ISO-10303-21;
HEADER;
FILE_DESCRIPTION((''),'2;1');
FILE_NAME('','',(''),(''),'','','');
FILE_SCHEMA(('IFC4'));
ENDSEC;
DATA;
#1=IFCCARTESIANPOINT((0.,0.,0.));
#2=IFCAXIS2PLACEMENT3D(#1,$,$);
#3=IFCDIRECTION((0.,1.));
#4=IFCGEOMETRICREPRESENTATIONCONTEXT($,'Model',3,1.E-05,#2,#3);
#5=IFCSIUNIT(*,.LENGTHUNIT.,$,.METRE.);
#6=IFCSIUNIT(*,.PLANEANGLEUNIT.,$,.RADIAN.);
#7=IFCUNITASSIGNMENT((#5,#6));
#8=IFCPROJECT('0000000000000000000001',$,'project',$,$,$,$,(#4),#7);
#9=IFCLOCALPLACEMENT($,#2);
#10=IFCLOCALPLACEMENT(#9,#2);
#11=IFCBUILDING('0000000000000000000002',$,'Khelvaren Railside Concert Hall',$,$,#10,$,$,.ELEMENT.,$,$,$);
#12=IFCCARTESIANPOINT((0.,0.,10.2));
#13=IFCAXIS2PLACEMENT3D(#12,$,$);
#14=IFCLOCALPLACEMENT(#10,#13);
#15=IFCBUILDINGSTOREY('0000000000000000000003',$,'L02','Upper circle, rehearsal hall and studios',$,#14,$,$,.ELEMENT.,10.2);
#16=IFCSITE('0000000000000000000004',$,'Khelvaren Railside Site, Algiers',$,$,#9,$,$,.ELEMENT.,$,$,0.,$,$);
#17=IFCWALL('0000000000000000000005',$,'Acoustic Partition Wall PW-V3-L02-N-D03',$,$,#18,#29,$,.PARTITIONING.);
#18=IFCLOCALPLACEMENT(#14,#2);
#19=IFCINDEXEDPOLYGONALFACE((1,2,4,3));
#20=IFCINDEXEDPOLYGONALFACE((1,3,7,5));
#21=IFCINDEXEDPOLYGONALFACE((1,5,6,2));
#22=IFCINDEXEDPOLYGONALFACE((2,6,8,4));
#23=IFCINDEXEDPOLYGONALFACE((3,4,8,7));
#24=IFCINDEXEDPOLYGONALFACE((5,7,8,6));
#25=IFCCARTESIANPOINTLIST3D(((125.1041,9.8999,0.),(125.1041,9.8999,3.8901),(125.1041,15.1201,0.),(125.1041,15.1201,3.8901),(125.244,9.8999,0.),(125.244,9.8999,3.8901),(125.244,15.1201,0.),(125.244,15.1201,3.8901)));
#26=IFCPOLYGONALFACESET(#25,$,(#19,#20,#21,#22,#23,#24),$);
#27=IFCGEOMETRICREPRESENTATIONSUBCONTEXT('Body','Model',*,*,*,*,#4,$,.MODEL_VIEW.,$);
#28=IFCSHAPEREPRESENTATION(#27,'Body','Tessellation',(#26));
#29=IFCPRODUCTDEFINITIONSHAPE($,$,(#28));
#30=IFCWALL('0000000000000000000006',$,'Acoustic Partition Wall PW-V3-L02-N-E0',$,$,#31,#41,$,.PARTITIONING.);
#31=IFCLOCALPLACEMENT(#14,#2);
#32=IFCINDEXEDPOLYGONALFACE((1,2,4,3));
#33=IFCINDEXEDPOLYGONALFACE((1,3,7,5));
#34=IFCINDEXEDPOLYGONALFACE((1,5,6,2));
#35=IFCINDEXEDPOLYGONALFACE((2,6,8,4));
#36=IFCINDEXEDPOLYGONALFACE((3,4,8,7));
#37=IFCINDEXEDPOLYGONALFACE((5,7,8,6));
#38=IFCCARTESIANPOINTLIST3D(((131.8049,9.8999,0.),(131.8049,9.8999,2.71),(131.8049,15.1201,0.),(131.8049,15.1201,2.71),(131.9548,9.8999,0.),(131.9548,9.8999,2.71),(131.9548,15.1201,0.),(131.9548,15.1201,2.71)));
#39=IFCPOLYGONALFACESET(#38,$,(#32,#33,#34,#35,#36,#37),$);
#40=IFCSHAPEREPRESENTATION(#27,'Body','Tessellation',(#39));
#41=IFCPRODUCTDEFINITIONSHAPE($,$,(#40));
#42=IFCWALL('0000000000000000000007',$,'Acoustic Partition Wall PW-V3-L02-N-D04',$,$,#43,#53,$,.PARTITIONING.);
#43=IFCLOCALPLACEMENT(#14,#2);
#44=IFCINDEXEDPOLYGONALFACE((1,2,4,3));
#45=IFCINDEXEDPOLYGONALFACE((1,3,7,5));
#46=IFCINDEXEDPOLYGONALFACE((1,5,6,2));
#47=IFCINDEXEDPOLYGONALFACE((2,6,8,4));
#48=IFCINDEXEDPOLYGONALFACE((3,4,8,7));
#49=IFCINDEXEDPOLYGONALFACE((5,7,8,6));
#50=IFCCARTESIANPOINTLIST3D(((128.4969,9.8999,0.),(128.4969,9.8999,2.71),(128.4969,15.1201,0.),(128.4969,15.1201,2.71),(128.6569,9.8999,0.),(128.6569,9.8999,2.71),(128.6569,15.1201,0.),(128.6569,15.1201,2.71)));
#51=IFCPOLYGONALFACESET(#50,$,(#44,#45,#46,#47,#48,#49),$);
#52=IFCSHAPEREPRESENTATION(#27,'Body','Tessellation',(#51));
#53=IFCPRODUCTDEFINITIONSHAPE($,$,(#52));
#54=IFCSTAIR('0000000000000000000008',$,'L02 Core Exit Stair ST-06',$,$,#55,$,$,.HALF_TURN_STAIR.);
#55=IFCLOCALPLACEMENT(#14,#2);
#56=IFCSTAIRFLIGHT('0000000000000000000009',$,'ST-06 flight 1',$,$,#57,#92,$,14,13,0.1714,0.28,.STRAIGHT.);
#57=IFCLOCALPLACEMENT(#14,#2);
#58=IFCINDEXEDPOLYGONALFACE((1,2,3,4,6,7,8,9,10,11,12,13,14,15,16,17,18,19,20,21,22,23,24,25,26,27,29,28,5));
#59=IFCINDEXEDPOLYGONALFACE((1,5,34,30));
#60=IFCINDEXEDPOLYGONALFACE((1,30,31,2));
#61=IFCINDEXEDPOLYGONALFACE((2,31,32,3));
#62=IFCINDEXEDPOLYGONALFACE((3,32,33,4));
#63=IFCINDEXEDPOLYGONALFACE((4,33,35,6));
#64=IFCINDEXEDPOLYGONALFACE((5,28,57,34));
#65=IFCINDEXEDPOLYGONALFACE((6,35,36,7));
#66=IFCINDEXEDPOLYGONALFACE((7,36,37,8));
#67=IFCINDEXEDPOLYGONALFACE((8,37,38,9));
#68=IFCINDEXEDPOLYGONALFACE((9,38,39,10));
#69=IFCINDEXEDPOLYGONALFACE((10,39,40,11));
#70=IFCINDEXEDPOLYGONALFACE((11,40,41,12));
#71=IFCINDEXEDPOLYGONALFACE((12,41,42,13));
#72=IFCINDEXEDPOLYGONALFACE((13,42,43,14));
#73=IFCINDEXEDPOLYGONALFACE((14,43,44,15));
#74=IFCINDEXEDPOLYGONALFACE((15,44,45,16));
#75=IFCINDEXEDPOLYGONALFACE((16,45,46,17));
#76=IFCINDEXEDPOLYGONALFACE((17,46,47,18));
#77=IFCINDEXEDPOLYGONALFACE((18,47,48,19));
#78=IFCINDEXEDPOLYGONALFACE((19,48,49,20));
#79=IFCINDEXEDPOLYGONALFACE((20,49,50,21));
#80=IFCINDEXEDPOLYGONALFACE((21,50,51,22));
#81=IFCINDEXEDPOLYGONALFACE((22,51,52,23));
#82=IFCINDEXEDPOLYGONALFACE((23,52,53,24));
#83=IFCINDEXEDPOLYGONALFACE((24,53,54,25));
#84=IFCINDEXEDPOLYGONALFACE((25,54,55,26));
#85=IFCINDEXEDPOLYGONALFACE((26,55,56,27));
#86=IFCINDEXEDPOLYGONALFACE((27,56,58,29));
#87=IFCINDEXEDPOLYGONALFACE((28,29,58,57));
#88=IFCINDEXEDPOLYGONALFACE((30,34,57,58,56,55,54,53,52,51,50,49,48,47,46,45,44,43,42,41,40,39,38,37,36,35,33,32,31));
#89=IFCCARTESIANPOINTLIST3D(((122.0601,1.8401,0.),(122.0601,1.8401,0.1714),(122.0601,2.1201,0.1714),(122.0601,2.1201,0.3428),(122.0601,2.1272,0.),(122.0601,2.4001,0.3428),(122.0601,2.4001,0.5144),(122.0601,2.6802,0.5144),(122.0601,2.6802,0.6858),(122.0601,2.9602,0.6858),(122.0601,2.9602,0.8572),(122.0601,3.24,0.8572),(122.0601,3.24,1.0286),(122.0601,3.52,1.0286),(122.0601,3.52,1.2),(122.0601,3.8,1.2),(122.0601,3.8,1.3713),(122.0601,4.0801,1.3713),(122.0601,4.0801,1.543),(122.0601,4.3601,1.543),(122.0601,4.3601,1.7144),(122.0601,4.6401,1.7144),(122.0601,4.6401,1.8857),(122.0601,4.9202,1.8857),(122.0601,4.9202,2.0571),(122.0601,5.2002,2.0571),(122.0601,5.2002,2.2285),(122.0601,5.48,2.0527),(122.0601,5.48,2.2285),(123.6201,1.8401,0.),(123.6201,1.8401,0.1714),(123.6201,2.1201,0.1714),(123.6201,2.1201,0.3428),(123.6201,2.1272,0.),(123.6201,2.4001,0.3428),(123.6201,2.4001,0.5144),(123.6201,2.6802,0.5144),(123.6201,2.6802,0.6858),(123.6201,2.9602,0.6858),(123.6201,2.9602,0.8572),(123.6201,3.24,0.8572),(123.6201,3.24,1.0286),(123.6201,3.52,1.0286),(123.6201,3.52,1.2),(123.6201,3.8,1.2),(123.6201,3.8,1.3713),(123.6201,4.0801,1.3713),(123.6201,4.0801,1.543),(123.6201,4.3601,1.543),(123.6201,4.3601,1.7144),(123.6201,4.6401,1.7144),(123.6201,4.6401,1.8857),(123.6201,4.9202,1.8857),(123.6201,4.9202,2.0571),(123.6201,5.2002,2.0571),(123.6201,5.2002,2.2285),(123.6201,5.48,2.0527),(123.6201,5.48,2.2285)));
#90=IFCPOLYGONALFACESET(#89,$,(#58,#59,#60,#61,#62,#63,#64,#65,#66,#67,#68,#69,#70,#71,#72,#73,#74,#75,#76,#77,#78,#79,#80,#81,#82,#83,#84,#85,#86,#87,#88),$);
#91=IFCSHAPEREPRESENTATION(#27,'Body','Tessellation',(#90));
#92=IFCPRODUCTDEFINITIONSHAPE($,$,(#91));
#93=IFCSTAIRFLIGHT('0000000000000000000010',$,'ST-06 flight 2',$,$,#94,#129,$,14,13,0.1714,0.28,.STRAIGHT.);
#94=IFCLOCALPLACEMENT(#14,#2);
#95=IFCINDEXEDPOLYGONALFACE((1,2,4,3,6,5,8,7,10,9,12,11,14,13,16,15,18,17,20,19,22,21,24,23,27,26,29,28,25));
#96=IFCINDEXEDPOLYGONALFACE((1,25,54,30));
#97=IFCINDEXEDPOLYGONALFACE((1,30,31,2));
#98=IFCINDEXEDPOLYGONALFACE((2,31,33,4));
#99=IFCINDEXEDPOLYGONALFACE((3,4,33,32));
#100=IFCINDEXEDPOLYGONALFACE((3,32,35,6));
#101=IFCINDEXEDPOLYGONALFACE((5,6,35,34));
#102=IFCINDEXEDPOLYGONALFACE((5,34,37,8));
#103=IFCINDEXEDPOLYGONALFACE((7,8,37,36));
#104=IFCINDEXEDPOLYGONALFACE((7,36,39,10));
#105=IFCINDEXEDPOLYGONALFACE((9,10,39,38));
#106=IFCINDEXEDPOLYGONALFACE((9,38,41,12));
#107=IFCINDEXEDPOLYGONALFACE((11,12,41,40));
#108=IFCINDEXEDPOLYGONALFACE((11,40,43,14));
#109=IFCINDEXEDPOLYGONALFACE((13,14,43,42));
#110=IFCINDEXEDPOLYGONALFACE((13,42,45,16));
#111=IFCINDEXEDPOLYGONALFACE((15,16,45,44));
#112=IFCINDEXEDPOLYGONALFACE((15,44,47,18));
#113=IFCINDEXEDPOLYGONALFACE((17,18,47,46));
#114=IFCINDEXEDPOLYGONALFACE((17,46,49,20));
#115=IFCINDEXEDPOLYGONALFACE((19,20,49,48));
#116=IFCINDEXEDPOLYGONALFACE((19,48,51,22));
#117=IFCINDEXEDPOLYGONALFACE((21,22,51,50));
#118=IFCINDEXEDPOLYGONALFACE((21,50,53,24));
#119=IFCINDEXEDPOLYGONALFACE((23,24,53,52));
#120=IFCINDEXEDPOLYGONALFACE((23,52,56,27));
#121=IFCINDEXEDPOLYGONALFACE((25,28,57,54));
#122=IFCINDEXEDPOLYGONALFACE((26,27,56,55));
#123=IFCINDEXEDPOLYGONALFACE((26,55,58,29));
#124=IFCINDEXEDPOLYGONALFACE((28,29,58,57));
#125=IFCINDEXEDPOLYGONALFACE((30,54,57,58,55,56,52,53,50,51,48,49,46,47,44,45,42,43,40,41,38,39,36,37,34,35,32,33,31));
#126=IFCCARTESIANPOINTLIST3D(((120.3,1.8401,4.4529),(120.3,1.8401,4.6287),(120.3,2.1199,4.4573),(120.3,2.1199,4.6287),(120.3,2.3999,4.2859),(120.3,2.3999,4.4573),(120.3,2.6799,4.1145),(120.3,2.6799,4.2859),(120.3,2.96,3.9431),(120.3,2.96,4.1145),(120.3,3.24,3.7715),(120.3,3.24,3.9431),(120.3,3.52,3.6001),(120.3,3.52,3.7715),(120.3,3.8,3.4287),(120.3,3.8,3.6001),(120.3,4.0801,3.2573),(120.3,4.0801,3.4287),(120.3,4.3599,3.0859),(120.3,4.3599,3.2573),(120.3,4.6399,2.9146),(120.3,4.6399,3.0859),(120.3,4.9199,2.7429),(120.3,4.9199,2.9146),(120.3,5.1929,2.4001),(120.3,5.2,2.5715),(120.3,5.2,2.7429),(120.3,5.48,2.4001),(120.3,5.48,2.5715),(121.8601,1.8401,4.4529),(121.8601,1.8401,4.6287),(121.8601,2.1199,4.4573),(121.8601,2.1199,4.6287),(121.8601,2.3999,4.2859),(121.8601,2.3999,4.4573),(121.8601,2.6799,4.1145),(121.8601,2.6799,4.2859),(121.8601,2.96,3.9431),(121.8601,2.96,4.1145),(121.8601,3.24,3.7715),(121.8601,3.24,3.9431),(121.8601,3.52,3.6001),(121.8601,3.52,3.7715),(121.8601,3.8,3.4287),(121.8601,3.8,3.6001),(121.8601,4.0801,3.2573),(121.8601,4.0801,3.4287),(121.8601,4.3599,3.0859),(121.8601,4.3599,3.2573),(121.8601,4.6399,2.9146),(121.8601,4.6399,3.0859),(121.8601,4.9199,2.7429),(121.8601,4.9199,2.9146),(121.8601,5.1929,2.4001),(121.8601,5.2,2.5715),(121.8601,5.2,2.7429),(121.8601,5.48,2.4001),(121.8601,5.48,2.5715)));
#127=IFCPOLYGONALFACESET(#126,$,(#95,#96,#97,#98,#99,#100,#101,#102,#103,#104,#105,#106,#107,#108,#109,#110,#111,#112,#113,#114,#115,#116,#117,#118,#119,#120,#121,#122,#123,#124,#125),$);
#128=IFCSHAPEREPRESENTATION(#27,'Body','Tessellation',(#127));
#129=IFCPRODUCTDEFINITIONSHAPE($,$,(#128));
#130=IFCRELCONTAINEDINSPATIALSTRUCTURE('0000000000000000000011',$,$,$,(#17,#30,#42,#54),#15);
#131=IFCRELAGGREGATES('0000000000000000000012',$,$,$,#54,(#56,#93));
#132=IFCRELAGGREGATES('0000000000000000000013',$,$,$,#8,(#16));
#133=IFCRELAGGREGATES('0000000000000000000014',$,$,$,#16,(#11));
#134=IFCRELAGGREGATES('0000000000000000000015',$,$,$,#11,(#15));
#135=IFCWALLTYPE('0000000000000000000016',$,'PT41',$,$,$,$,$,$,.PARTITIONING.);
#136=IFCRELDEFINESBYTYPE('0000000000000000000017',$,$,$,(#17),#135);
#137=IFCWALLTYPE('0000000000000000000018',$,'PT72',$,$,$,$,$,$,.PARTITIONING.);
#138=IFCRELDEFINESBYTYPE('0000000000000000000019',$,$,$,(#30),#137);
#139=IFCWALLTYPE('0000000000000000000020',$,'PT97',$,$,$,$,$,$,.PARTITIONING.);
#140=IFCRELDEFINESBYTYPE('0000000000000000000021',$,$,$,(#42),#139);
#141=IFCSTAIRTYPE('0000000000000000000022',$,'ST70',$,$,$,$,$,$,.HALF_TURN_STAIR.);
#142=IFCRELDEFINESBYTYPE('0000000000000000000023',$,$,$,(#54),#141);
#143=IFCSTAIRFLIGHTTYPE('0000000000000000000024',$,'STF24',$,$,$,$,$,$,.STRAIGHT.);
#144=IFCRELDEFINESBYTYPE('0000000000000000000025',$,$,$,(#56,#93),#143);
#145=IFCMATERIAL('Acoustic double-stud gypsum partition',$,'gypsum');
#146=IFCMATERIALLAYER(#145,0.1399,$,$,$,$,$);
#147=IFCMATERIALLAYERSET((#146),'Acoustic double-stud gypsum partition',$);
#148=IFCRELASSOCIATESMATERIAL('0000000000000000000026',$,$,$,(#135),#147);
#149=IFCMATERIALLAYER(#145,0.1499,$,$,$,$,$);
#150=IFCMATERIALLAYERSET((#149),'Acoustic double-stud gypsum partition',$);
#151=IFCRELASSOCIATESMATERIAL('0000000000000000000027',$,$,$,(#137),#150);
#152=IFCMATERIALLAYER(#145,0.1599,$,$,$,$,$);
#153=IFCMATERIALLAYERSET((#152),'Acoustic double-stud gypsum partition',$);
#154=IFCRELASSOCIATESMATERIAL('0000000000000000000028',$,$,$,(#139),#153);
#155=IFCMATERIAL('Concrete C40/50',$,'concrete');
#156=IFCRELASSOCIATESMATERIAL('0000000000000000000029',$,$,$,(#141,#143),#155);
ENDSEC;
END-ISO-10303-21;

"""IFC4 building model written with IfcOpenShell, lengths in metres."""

from ifc_helpers import new_model, si_unit, direction, frame, frame_2d, origin, place, context, subcontext, project, spatial, polyline, rectangle, outline, extrude, material, layer, layer_set, type_object, element, aggregate, save


model = new_model("IFC4")

# Units and contexts
model_context = context("Model", 3, precision=1e-05, world=origin(), true_north=direction((0.0, 1.0)))
body_context = subcontext(model_context, "Body", "Model", "MODEL_VIEW")
ifc_project = project(units=[si_unit("LENGTHUNIT", "METRE"), si_unit("PLANEANGLEUNIT", "RADIAN")], contexts=[model_context])

# Site, building, storey
site_placement = place(None, origin())
site = spatial("IfcSite", under=ifc_project, at=site_placement, Name="Khelvaren Railside Site, Algiers", CompositionType="ELEMENT", RefElevation=0.0)
building_placement = place(site_placement, origin())
building = spatial("IfcBuilding", under=site, at=building_placement, Name="Khelvaren Railside Concert Hall", CompositionType="ELEMENT")
storey_placement = place(building_placement, frame((0.0, 0.0, 10.2)))
storey = spatial("IfcBuildingStorey", under=building, at=storey_placement, Name="L02", Description="Upper circle, rehearsal hall and studios", CompositionType="ELEMENT", Elevation=10.2)

# Shared definitions
ifc_material_1 = material(Name="Concrete C40/50", Category="concrete")

# Wall
ifc_material_2 = material(Name="Acoustic double-stud gypsum partition", Category="gypsum")
ifc_layer_1 = layer(ifc_material_2, 0.1399)
ifc_layer_set_1 = layer_set([ifc_layer_1], Name="Acoustic double-stud gypsum partition")
wall_type_1 = type_object("IfcWallType", Name="PT41", PredefinedType="PARTITIONING", material=ifc_layer_set_1)
wall_1_placement = place(storey_placement, frame((125.1741, 9.8999, 0.0), z_axis=(0.0, 0.0, 1.0), x_axis=(0.0, 1.0, 0.0)))
element("IfcWall", 1, at=wall_1_placement, inside=storey, type_object=wall_type_1, Name="Acoustic Partition Wall PW-V3-L02-N-D03", PredefinedType="PARTITIONING", context=body_context, shape_type="SweptSolid", body=[
    extrude(rectangle(XDim=5.2202, YDim=0.1399, at=frame_2d((2.6101, 0.0))), origin(), (0.0, 0.0, 1.0), 3.8901),
])

# Shared definitions
ifc_layer_2 = layer(ifc_material_2, 0.1499)
ifc_layer_set_2 = layer_set([ifc_layer_2], Name="Acoustic double-stud gypsum partition")
wall_type_2 = type_object("IfcWallType", Name="PT72", PredefinedType="PARTITIONING", material=ifc_layer_set_2)

# Walls
wall_2_placement = place(storey_placement, frame((131.8799, 9.8999, 0.0), z_axis=(0.0, 0.0, 1.0), x_axis=(0.0, 1.0, 0.0)))
element("IfcWall", 2, at=wall_2_placement, inside=storey, type_object=wall_type_2, Name="Acoustic Partition Wall PW-V3-L02-N-E0", PredefinedType="PARTITIONING", context=body_context, shape_type="SweptSolid", body=[
    extrude(rectangle(XDim=5.2202, YDim=0.1499, at=frame_2d((2.6101, 0.0))), origin(), (0.0, 0.0, 1.0), 2.71),
])
ifc_layer_3 = layer(ifc_material_2, 0.1599)
ifc_layer_set_3 = layer_set([ifc_layer_3], Name="Acoustic double-stud gypsum partition")
wall_type_3 = type_object("IfcWallType", Name="PT97", PredefinedType="PARTITIONING", material=ifc_layer_set_3)
wall_3_placement = place(storey_placement, frame((128.5769, 9.8999, 0.0), z_axis=(0.0, 0.0, 1.0), x_axis=(0.0, 1.0, 0.0)))
element("IfcWall", 3, at=wall_3_placement, inside=storey, type_object=wall_type_3, Name="Acoustic Partition Wall PW-V3-L02-N-D04", PredefinedType="PARTITIONING", context=body_context, shape_type="SweptSolid", body=[
    extrude(rectangle(XDim=5.2202, YDim=0.1599, at=frame_2d((2.6101, 0.0))), origin(), (0.0, 0.0, 1.0), 2.71),
])

# Stair, stair flights
stair_type = type_object("IfcStairType", Name="ST70", PredefinedType="HALF_TURN_STAIR", material=ifc_material_1)
stair_placement = place(storey_placement, origin())
stair = element("IfcStair", 4, at=stair_placement, inside=storey, type_object=stair_type, Name="L02 Core Exit Stair ST-06", PredefinedType="HALF_TURN_STAIR")
stair_flight_type = type_object("IfcStairFlightType", Name="STF24", PredefinedType="STRAIGHT", material=ifc_material_1)
stair_flight_1_placement = place(storey_placement, frame((122.8401, 1.8401, 0.0), z_axis=(0.0, 0.0, 1.0), x_axis=(0.0, 1.0, 0.0)))
stair_flight_1 = element("IfcStairFlight", 5, at=stair_flight_1_placement, type_object=stair_flight_type, Name="ST-06 flight 1", NumberOfRisers=14, NumberOfTreads=13, PredefinedType="STRAIGHT", RiserHeight=0.1714, TreadLength=0.28, context=body_context, shape_type="SweptSolid", body=[
    extrude(outline(polyline([(0.0, 0.0), (0.0, 0.1714), (0.28, 0.1714), (0.28, 0.3428), (0.5601, 0.3428), (0.5601, 0.5144), (0.8401, 0.5144), (0.8401, 0.6858), (1.1201, 0.6858), (1.1201, 0.8572), (1.3999, 0.8572), (1.3999, 1.0286), (1.6799, 1.0286), (1.6799, 1.2), (1.96, 1.2), (1.96, 1.3713), (2.24, 1.3713), (2.24, 1.543), (2.52, 1.543), (2.52, 1.7144), (2.8, 1.7144), (2.8, 1.8857), (3.0801, 1.8857), (3.0801, 2.0571), (3.3601, 2.0571), (3.3601, 2.2285), (3.6399, 2.2285), (3.6399, 2.3999), (3.6399, 2.0527), (0.2871, 0.0), (0.0, 0.0)])), frame((0.0, 0.78, 0.0), z_axis=(0.0, -1.0, 0.0), x_axis=(1.0, 0.0, 0.0)), (0.0, 0.0, 1.0), 1.5601),
])
stair_flight_2_placement = place(storey_placement, frame((121.0801, 5.48, 2.4001), z_axis=(0.0, 0.0, 1.0), x_axis=(0.0, -1.0, 0.0)))
stair_flight_2 = element("IfcStairFlight", 6, at=stair_flight_2_placement, type_object=stair_flight_type, Name="ST-06 flight 2", NumberOfRisers=14, NumberOfTreads=13, PredefinedType="STRAIGHT", RiserHeight=0.1714, TreadLength=0.28, context=body_context, shape_type="SweptSolid", body=[
    extrude(outline(polyline([(0.0, 0.0), (0.0, 0.1714), (0.28, 0.1714), (0.28, 0.3428), (0.5601, 0.3428), (0.5601, 0.5144), (0.8401, 0.5144), (0.8401, 0.6858), (1.1201, 0.6858), (1.1201, 0.8572), (1.3999, 0.8572), (1.3999, 1.0286), (1.6799, 1.0286), (1.6799, 1.2), (1.96, 1.2), (1.96, 1.3713), (2.24, 1.3713), (2.24, 1.543), (2.52, 1.543), (2.52, 1.7144), (2.8, 1.7144), (2.8, 1.8857), (3.0801, 1.8857), (3.0801, 2.0571), (3.3601, 2.0571), (3.3601, 2.2285), (3.6399, 2.2285), (3.6399, 2.3999), (3.6399, 2.0527), (0.2871, 0.0), (0.0, 0.0)])), frame((0.0, 0.78, 0.0), z_axis=(0.0, -1.0, 0.0), x_axis=(1.0, 0.0, 0.0)), (0.0, 0.0, 1.0), 1.5601),
])
aggregate(stair, [stair_flight_1, stair_flight_2])

save(model, "model.ifc")
